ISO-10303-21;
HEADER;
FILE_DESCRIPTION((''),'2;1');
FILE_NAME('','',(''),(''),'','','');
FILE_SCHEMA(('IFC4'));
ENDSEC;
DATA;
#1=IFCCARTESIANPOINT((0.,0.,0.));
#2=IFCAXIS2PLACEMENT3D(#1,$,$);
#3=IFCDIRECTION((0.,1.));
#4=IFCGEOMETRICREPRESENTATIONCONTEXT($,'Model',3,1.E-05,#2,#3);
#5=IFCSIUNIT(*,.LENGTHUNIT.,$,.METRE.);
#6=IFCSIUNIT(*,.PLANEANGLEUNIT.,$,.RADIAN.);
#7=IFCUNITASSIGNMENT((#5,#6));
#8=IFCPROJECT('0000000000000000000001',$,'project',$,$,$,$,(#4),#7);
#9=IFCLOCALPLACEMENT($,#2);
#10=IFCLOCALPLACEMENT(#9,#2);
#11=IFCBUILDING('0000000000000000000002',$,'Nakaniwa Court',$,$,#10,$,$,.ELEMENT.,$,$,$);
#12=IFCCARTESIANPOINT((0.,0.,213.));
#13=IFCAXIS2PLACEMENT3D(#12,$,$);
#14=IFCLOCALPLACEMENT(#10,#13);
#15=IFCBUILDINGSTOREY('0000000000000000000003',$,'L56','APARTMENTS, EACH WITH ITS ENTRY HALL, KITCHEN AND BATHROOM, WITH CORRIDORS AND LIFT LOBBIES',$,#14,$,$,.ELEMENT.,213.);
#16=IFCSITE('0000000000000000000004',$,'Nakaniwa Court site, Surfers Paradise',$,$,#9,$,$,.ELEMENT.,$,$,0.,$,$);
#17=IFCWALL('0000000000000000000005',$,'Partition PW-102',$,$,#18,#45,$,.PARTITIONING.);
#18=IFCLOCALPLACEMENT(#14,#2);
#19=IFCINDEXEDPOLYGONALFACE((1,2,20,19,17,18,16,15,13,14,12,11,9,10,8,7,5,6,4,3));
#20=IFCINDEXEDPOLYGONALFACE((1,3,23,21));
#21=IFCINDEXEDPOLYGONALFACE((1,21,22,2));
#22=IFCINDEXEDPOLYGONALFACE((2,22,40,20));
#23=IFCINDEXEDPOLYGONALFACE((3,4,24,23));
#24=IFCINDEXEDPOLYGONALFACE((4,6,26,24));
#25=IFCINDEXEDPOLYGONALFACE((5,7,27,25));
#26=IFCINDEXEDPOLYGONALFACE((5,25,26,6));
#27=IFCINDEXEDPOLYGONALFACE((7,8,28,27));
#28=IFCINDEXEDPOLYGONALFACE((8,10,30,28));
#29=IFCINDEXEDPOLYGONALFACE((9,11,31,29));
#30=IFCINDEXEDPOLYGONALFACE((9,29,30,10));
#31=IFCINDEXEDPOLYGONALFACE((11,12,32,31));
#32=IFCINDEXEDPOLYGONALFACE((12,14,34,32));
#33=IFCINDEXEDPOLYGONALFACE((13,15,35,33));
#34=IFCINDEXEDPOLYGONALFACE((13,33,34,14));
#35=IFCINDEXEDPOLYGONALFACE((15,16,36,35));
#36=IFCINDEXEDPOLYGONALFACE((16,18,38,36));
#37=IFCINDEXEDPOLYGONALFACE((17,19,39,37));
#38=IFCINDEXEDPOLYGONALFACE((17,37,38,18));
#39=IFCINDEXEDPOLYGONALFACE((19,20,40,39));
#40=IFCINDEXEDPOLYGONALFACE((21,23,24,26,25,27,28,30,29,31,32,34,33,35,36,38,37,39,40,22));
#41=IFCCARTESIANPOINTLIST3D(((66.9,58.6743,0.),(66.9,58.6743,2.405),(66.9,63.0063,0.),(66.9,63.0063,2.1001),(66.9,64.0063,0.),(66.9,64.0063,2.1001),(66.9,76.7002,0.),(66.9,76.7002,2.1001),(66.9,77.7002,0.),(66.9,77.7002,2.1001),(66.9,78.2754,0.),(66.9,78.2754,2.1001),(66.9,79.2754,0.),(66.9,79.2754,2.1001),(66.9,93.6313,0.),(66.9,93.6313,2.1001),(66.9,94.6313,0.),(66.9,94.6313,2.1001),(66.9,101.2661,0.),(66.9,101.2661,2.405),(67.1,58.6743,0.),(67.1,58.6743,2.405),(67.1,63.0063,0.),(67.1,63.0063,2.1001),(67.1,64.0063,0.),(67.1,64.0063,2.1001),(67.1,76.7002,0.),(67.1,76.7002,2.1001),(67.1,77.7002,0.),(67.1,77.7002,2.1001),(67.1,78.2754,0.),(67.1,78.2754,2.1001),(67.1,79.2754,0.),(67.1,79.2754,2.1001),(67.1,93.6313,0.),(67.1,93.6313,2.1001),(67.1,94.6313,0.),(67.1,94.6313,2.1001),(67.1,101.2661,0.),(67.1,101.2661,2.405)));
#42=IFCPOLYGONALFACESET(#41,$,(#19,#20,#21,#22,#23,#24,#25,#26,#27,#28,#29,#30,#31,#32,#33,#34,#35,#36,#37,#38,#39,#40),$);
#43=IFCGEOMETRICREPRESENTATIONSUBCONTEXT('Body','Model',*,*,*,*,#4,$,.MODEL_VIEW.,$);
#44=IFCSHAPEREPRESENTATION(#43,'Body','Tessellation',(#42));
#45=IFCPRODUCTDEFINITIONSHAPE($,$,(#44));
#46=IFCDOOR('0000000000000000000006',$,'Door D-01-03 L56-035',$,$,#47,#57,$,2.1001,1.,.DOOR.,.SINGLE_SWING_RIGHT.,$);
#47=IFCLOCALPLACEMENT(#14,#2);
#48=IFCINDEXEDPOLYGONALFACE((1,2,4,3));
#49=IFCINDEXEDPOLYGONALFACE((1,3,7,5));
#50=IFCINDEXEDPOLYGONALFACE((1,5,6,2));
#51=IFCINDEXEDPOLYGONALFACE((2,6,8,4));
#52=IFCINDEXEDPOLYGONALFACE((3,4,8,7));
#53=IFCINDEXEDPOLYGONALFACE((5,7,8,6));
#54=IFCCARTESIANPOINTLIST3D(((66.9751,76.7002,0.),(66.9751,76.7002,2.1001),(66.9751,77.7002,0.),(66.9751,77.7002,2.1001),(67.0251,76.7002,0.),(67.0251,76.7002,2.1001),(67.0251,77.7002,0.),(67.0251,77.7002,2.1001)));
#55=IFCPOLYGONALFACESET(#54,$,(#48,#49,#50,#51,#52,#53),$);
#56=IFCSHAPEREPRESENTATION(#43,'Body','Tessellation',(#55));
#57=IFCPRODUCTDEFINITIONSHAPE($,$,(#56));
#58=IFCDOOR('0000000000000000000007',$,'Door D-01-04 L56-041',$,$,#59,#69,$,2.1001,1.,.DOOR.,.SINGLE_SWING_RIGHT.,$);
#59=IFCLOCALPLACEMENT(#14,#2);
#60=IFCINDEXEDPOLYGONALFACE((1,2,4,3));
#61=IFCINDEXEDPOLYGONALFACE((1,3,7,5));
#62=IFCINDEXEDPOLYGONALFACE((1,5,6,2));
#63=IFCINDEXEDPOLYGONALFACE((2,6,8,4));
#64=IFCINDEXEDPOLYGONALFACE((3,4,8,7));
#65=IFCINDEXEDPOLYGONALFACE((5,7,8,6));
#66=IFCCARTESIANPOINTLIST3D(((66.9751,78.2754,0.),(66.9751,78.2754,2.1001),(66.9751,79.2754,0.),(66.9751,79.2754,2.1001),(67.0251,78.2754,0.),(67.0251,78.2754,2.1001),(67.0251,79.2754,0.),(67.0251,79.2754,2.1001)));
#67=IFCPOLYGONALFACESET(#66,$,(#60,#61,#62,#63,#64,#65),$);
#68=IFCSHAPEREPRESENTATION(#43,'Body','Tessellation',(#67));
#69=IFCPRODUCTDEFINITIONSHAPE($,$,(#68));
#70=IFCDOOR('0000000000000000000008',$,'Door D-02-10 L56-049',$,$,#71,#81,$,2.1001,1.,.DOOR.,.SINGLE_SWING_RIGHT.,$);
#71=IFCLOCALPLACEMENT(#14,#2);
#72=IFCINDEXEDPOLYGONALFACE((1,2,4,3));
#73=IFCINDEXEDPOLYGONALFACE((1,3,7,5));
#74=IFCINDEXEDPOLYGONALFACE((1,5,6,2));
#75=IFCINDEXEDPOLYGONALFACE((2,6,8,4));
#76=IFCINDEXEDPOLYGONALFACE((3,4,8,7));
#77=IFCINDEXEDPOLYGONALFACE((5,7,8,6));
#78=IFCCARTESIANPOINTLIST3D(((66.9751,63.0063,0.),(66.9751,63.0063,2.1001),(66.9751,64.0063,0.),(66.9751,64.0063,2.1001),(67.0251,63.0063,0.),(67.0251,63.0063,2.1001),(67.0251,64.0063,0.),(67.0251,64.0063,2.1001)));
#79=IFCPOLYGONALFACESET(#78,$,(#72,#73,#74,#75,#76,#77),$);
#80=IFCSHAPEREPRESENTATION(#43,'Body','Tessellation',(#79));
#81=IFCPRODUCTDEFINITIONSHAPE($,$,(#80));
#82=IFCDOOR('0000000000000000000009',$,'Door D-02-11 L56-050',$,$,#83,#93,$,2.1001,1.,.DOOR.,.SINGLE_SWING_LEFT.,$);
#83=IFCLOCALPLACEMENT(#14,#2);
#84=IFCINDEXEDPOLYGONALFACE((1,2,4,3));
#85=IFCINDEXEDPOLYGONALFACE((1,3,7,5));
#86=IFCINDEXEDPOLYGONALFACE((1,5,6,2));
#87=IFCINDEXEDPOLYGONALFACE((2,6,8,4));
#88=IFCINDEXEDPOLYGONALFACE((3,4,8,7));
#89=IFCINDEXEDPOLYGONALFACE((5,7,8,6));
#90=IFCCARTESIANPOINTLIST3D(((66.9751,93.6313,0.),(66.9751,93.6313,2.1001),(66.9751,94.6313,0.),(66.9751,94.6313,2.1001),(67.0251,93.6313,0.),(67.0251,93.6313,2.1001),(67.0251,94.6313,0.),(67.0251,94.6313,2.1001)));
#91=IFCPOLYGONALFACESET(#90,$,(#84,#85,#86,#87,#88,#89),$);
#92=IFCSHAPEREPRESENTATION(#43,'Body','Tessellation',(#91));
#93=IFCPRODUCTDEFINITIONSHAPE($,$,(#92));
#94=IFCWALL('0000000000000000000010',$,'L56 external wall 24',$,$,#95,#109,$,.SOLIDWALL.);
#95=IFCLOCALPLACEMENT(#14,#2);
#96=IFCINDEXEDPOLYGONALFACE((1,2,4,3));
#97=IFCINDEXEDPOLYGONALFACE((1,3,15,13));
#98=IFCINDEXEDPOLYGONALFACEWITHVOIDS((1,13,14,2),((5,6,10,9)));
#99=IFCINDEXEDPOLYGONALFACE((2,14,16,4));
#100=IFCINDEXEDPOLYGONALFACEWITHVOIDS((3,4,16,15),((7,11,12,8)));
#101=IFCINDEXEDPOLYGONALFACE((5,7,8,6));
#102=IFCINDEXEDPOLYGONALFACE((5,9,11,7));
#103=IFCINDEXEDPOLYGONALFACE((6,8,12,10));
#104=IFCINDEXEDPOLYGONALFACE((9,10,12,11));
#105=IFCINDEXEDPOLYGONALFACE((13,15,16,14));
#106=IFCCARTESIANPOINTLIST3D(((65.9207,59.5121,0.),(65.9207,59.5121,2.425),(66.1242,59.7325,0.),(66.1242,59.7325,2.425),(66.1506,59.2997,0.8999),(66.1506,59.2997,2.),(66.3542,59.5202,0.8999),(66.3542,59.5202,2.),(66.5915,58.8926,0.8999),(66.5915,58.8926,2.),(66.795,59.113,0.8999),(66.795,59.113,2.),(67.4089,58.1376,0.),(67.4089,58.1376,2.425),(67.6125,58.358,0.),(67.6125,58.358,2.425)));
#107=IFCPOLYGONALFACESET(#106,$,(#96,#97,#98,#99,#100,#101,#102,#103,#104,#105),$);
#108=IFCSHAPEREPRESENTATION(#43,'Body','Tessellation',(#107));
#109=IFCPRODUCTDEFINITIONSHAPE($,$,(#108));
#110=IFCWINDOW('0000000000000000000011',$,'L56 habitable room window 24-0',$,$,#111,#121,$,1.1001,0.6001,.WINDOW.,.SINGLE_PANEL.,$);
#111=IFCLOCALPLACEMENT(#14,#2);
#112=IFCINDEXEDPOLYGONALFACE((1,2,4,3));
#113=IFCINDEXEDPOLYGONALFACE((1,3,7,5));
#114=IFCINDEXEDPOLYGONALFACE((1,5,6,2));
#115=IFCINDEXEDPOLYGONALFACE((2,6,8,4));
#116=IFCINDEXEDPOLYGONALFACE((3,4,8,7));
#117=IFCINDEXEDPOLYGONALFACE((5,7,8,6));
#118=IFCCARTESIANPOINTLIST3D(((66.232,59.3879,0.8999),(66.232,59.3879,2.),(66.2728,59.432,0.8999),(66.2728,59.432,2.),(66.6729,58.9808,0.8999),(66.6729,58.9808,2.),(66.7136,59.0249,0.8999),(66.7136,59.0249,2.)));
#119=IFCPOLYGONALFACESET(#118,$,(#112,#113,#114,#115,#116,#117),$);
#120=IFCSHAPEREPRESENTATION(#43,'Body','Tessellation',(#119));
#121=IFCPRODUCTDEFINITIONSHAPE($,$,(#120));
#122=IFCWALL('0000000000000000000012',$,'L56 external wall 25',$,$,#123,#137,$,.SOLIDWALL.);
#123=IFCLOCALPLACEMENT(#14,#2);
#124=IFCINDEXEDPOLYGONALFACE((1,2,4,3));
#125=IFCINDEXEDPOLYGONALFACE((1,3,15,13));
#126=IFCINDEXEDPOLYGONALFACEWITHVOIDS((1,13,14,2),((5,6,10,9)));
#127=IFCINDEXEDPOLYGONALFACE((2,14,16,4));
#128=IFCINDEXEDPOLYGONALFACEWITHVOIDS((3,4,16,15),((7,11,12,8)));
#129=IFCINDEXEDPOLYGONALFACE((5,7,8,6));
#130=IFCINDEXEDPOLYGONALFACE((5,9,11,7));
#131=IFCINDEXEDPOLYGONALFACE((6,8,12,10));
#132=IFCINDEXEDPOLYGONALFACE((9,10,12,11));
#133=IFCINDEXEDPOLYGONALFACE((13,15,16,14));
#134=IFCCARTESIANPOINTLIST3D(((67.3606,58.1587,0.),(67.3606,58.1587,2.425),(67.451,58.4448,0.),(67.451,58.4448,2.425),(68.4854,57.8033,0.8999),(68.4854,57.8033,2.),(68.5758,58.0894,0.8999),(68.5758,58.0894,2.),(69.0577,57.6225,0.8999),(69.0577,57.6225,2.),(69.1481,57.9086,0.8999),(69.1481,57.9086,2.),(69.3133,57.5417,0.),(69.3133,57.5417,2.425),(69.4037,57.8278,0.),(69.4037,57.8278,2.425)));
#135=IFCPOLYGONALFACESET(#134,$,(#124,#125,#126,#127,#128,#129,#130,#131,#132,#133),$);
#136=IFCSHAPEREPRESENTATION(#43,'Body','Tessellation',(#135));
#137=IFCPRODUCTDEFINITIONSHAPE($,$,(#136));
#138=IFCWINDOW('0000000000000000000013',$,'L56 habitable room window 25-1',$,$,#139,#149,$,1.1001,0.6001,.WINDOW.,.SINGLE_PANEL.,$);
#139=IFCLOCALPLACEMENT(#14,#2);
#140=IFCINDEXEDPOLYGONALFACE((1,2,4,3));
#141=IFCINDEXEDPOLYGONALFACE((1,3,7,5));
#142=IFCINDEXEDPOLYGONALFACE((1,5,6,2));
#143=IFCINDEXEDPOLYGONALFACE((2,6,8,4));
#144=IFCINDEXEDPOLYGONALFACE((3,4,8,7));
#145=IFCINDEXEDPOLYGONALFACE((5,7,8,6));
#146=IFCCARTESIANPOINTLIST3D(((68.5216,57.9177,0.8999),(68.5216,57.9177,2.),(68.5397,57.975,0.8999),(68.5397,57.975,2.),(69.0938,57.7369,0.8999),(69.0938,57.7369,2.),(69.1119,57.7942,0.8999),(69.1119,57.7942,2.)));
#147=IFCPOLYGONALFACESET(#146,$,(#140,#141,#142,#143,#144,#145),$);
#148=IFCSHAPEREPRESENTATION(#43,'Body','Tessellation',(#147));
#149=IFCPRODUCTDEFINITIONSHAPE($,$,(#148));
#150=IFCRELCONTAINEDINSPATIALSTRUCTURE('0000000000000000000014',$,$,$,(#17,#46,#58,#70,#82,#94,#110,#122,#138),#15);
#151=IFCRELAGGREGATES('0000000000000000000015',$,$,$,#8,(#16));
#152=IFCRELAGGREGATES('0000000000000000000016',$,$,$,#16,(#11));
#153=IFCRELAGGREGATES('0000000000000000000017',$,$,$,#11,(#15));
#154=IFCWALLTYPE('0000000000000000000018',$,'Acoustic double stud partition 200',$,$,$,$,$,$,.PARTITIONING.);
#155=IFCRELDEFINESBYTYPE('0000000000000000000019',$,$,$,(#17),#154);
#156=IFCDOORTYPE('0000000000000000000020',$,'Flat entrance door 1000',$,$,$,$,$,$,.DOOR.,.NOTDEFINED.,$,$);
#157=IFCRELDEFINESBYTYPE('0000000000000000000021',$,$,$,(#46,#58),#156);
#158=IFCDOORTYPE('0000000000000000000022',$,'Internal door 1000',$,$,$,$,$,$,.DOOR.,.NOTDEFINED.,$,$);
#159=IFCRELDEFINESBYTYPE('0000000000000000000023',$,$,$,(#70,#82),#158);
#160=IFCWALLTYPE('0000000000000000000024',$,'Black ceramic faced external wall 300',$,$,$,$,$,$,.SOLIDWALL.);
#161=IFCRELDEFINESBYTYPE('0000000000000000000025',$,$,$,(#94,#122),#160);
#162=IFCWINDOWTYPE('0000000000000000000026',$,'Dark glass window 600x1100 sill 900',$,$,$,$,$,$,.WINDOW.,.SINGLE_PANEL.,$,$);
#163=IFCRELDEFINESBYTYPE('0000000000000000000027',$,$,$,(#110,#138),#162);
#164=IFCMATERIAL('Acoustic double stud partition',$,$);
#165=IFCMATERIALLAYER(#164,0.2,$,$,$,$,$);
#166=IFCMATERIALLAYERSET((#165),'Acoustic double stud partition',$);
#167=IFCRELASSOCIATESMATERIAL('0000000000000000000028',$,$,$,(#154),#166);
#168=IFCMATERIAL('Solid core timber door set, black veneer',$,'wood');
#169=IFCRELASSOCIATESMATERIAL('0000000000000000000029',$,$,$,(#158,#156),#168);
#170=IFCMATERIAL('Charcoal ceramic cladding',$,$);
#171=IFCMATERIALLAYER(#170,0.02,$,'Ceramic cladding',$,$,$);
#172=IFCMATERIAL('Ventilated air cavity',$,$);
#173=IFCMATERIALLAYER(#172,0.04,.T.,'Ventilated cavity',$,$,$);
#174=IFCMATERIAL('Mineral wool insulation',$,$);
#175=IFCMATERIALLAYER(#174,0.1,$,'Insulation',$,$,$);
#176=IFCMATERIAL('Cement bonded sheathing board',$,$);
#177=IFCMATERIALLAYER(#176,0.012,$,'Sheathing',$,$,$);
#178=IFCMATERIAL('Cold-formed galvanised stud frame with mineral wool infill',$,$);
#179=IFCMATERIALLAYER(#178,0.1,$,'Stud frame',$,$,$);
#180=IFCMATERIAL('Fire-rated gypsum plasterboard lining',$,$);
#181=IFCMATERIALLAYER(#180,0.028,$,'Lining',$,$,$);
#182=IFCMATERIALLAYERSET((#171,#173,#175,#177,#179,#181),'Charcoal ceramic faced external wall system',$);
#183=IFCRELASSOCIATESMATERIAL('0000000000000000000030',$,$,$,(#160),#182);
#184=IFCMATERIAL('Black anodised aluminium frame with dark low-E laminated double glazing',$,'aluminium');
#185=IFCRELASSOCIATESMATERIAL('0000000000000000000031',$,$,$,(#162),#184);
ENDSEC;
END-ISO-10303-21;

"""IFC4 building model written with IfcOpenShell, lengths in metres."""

from ifc_helpers import new_model, si_unit, direction, frame, frame_2d, origin, place, context, subcontext, project, spatial, rectangle, extrude, material, layer, layer_set, type_object, element, fill, save


model = new_model("IFC4")

# Units and contexts
model_context = context("Model", 3, precision=1e-05, world=origin(), true_north=direction((0.0, 1.0)))
body_context = subcontext(model_context, "Body", "Model", "MODEL_VIEW")
ifc_project = project(units=[si_unit("LENGTHUNIT", "METRE"), si_unit("PLANEANGLEUNIT", "RADIAN")], contexts=[model_context])

# Site, building, storey
site_placement = place(None, origin())
site = spatial("IfcSite", under=ifc_project, at=site_placement, Name="Nakaniwa Court site, Surfers Paradise", CompositionType="ELEMENT", RefElevation=0.0)
building_placement = place(site_placement, origin())
building = spatial("IfcBuilding", under=site, at=building_placement, Name="Nakaniwa Court", CompositionType="ELEMENT")
storey_placement = place(building_placement, frame((0.0, 0.0, 213.0)))
storey = spatial("IfcBuildingStorey", under=building, at=storey_placement, Name="L56", Description="APARTMENTS, EACH WITH ITS ENTRY HALL, KITCHEN AND BATHROOM, WITH CORRIDORS AND LIFT LOBBIES", CompositionType="ELEMENT", Elevation=213.0)

# Shared definitions
ifc_material_1 = material(Name="Acoustic double stud partition")
ifc_layer_1 = layer(ifc_material_1, 0.2)
ifc_layer_set_1 = layer_set([ifc_layer_1], Name="Acoustic double stud partition")
wall_type_1 = type_object("IfcWallType", Name="Acoustic double stud partition 200", PredefinedType="PARTITIONING", material=ifc_layer_set_1)

# Shared definitions
ifc_material_2 = material(Name="Solid core timber door set, black veneer", Category="wood")
door_type_1 = type_object("IfcDoorType", Name="Internal door 1000", OperationType="NOTDEFINED", PredefinedType="DOOR", material=ifc_material_2)

# Wall, openings, doors
wall_1_placement = place(storey_placement, frame((67.0, 58.6743, 0.0), z_axis=(0.0, 0.0, 1.0), x_axis=(0.0, 1.0, 0.0)))
wall_1 = element("IfcWall", 1, at=wall_1_placement, inside=storey, type_object=wall_type_1, Name="Partition PW-102", PredefinedType="PARTITIONING", context=body_context, shape_type="SweptSolid", body=[
    extrude(rectangle(XDim=42.5918, YDim=0.2, at=frame_2d((21.2959, 0.0))), origin(), (0.0, 0.0, 1.0), 2.405),
])
opening_1_placement = place(wall_1_placement, frame((18.0259, 0.0, 0.0)))
opening_1 = element("IfcOpeningElement", 2, at=opening_1_placement, cuts=wall_1, PredefinedType="OPENING", context=body_context, shape_type="SweptSolid", body=[
    extrude(rectangle(XDim=1.0, YDim=2.1001, at=frame_2d((0.5, 1.05))), frame((0.0, 0.1099, 0.0), z_axis=(0.0, -1.0, 0.0), x_axis=(1.0, 0.0, 0.0)), (0.0, 0.0, 1.0), 0.22),
])
opening_2_placement = place(wall_1_placement, frame((19.6011, 0.0, 0.0)))
opening_2 = element("IfcOpeningElement", 3, at=opening_2_placement, cuts=wall_1, PredefinedType="OPENING", context=body_context, shape_type="SweptSolid", body=[
    extrude(rectangle(XDim=1.0, YDim=2.1001, at=frame_2d((0.5, 1.05))), frame((0.0, 0.1099, 0.0), z_axis=(0.0, -1.0, 0.0), x_axis=(1.0, 0.0, 0.0)), (0.0, 0.0, 1.0), 0.22),
])
opening_3_placement = place(wall_1_placement, frame((4.332, 0.0, 0.0)))
opening_3 = element("IfcOpeningElement", 4, at=opening_3_placement, cuts=wall_1, PredefinedType="OPENING", context=body_context, shape_type="SweptSolid", body=[
    extrude(rectangle(XDim=1.0, YDim=2.1001, at=frame_2d((0.5, 1.05))), frame((0.0, 0.1099, 0.0), z_axis=(0.0, -1.0, 0.0), x_axis=(1.0, 0.0, 0.0)), (0.0, 0.0, 1.0), 0.22),
])
opening_4_placement = place(wall_1_placement, frame((34.957, 0.0, 0.0)))
opening_4 = element("IfcOpeningElement", 5, at=opening_4_placement, cuts=wall_1, PredefinedType="OPENING", context=body_context, shape_type="SweptSolid", body=[
    extrude(rectangle(XDim=1.0, YDim=2.1001, at=frame_2d((0.5, 1.05))), frame((0.0, 0.1099, 0.0), z_axis=(0.0, -1.0, 0.0), x_axis=(1.0, 0.0, 0.0)), (0.0, 0.0, 1.0), 0.22),
])
door_type_2 = type_object("IfcDoorType", Name="Flat entrance door 1000", OperationType="NOTDEFINED", PredefinedType="DOOR", material=ifc_material_2)
door_1_placement = place(opening_1_placement, origin())
door_1 = element("IfcDoor", 6, at=door_1_placement, inside=storey, type_object=door_type_2, Name="Door D-01-03 L56-035", OperationType="SINGLE_SWING_RIGHT", OverallHeight=2.1001, OverallWidth=1.0, PredefinedType="DOOR", context=body_context, shape_type="SweptSolid", body=[
    extrude(rectangle(XDim=1.0, YDim=2.1001, at=frame_2d((0.5, 1.05))), frame((0.0, 0.0249, 0.0), z_axis=(0.0, -1.0, 0.0), x_axis=(1.0, 0.0, 0.0)), (0.0, 0.0, 1.0), 0.05),
])
fill(opening_1, door_1)
door_2_placement = place(opening_2_placement, origin())
door_2 = element("IfcDoor", 7, at=door_2_placement, inside=storey, type_object=door_type_2, Name="Door D-01-04 L56-041", OperationType="SINGLE_SWING_RIGHT", OverallHeight=2.1001, OverallWidth=1.0, PredefinedType="DOOR", context=body_context, shape_type="SweptSolid", body=[
    extrude(rectangle(XDim=1.0, YDim=2.1001, at=frame_2d((0.5, 1.05))), frame((0.0, 0.0249, 0.0), z_axis=(0.0, -1.0, 0.0), x_axis=(1.0, 0.0, 0.0)), (0.0, 0.0, 1.0), 0.05),
])
fill(opening_2, door_2)
door_3_placement = place(opening_3_placement, origin())
door_3 = element("IfcDoor", 8, at=door_3_placement, inside=storey, type_object=door_type_1, Name="Door D-02-10 L56-049", OperationType="SINGLE_SWING_RIGHT", OverallHeight=2.1001, OverallWidth=1.0, PredefinedType="DOOR", context=body_context, shape_type="SweptSolid", body=[
    extrude(rectangle(XDim=1.0, YDim=2.1001, at=frame_2d((0.5, 1.05))), frame((0.0, 0.0249, 0.0), z_axis=(0.0, -1.0, 0.0), x_axis=(1.0, 0.0, 0.0)), (0.0, 0.0, 1.0), 0.05),
])
fill(opening_3, door_3)
door_4_placement = place(opening_4_placement, origin())
door_4 = element("IfcDoor", 9, at=door_4_placement, inside=storey, type_object=door_type_1, Name="Door D-02-11 L56-050", OperationType="SINGLE_SWING_LEFT", OverallHeight=2.1001, OverallWidth=1.0, PredefinedType="DOOR", context=body_context, shape_type="SweptSolid", body=[
    extrude(rectangle(XDim=1.0, YDim=2.1001, at=frame_2d((0.5, 1.05))), frame((0.0, 0.0249, 0.0), z_axis=(0.0, -1.0, 0.0), x_axis=(1.0, 0.0, 0.0)), (0.0, 0.0, 1.0), 0.05),
])
fill(opening_4, door_4)

# Walls, openings, windows
ifc_material_3 = material(Name="Charcoal ceramic cladding")
ifc_layer_2 = layer(ifc_material_3, 0.02, Name="Ceramic cladding")
ifc_material_4 = material(Name="Ventilated air cavity")
ifc_layer_3 = layer(ifc_material_4, 0.04, ventilated=True, Name="Ventilated cavity")
ifc_material_5 = material(Name="Mineral wool insulation")
ifc_layer_4 = layer(ifc_material_5, 0.1, Name="Insulation")
ifc_material_6 = material(Name="Cement bonded sheathing board")
ifc_layer_5 = layer(ifc_material_6, 0.012, Name="Sheathing")
ifc_material_7 = material(Name="Cold-formed galvanised stud frame with mineral wool infill")
ifc_layer_6 = layer(ifc_material_7, 0.1, Name="Stud frame")
ifc_material_8 = material(Name="Fire-rated gypsum plasterboard lining")
ifc_layer_7 = layer(ifc_material_8, 0.028, Name="Lining")
ifc_layer_set_2 = layer_set([ifc_layer_2, ifc_layer_3, ifc_layer_4, ifc_layer_5, ifc_layer_6, ifc_layer_7], Name="Charcoal ceramic faced external wall system")
wall_type_2 = type_object("IfcWallType", Name="Black ceramic faced external wall 300", PredefinedType="SOLIDWALL", material=ifc_layer_set_2)
wall_2_placement = place(storey_placement, frame((66.0225, 59.6223, 0.0), z_axis=(0.0, 0.0, 1.0), x_axis=(0.734628, -0.67847, 0.0)))
wall_2 = element("IfcWall", 10, at=wall_2_placement, inside=storey, type_object=wall_type_2, Name="L56 external wall 24", PredefinedType="SOLIDWALL", context=body_context, shape_type="SweptSolid", body=[
    extrude(rectangle(XDim=2.0259, YDim=0.3, at=frame_2d((1.0129, 0.0))), origin(), (0.0, 0.0, 1.0), 2.425),
])
opening_5_placement = place(wall_2_placement, frame((0.313, 0.0, 0.8999)))
opening_5 = element("IfcOpeningElement", 11, at=opening_5_placement, cuts=wall_2, PredefinedType="OPENING", context=body_context, shape_type="SweptSolid", body=[
    extrude(rectangle(XDim=0.6001, YDim=1.1001, at=frame_2d((0.3, 0.55))), frame((0.0, 0.1599, 0.0), z_axis=(0.0, -1.0, 0.0), x_axis=(1.0, 0.0, 0.0)), (0.0, 0.0, 1.0), 0.3201),
])
ifc_material_9 = material(Name="Black anodised aluminium frame with dark low-E laminated double glazing", Category="aluminium")
window_type_1 = type_object("IfcWindowType", Name="Dark glass window 600x1100 sill 900", PartitioningType="SINGLE_PANEL", PredefinedType="WINDOW", material=ifc_material_9)
window_1_placement = place(opening_5_placement, origin())
window_1 = element("IfcWindow", 12, at=window_1_placement, inside=storey, type_object=window_type_1, Name="L56 habitable room window 24-0", OverallHeight=1.1001, OverallWidth=0.6001, PartitioningType="SINGLE_PANEL", PredefinedType="WINDOW", context=body_context, shape_type="SweptSolid", body=[
    extrude(rectangle(XDim=0.6001, YDim=1.1001, at=frame_2d((0.3, 0.55))), frame((0.0, 0.03, 0.0), z_axis=(0.0, -1.0, 0.0), x_axis=(1.0, 0.0, 0.0)), (0.0, 0.0, 1.0), 0.0601),
])
fill(opening_5, window_1)
wall_3_placement = place(storey_placement, frame((67.4058, 58.3018, 0.0), z_axis=(0.0, 0.0, 1.0), x_axis=(0.953538, -0.301274, 0.0)))
wall_3 = element("IfcWall", 13, at=wall_3_placement, inside=storey, type_object=wall_type_2, Name="L56 external wall 25", PredefinedType="SOLIDWALL", context=body_context, shape_type="SweptSolid", body=[
    extrude(rectangle(XDim=2.0479, YDim=0.3, at=frame_2d((1.0239, 0.0))), origin(), (0.0, 0.0, 1.0), 2.425),
])
opening_6_placement = place(wall_3_placement, frame((1.1797, 0.0, 0.8999)))
opening_6 = element("IfcOpeningElement", 14, at=opening_6_placement, cuts=wall_3, PredefinedType="OPENING", context=body_context, shape_type="SweptSolid", body=[
    extrude(rectangle(XDim=0.6001, YDim=1.1001, at=frame_2d((0.3, 0.55))), frame((0.0, 0.1599, 0.0), z_axis=(0.0, -1.0, 0.0), x_axis=(1.0, 0.0, 0.0)), (0.0, 0.0, 1.0), 0.3201),
])
window_2_placement = place(opening_6_placement, origin())
window_2 = element("IfcWindow", 15, at=window_2_placement, inside=storey, type_object=window_type_1, Name="L56 habitable room window 25-1", OverallHeight=1.1001, OverallWidth=0.6001, PartitioningType="SINGLE_PANEL", PredefinedType="WINDOW", context=body_context, shape_type="SweptSolid", body=[
    extrude(rectangle(XDim=0.6001, YDim=1.1001, at=frame_2d((0.3, 0.55))), frame((0.0, 0.03, 0.0), z_axis=(0.0, -1.0, 0.0), x_axis=(1.0, 0.0, 0.0)), (0.0, 0.0, 1.0), 0.0601),
])
fill(opening_6, window_2)

save(model, "model.ifc")
